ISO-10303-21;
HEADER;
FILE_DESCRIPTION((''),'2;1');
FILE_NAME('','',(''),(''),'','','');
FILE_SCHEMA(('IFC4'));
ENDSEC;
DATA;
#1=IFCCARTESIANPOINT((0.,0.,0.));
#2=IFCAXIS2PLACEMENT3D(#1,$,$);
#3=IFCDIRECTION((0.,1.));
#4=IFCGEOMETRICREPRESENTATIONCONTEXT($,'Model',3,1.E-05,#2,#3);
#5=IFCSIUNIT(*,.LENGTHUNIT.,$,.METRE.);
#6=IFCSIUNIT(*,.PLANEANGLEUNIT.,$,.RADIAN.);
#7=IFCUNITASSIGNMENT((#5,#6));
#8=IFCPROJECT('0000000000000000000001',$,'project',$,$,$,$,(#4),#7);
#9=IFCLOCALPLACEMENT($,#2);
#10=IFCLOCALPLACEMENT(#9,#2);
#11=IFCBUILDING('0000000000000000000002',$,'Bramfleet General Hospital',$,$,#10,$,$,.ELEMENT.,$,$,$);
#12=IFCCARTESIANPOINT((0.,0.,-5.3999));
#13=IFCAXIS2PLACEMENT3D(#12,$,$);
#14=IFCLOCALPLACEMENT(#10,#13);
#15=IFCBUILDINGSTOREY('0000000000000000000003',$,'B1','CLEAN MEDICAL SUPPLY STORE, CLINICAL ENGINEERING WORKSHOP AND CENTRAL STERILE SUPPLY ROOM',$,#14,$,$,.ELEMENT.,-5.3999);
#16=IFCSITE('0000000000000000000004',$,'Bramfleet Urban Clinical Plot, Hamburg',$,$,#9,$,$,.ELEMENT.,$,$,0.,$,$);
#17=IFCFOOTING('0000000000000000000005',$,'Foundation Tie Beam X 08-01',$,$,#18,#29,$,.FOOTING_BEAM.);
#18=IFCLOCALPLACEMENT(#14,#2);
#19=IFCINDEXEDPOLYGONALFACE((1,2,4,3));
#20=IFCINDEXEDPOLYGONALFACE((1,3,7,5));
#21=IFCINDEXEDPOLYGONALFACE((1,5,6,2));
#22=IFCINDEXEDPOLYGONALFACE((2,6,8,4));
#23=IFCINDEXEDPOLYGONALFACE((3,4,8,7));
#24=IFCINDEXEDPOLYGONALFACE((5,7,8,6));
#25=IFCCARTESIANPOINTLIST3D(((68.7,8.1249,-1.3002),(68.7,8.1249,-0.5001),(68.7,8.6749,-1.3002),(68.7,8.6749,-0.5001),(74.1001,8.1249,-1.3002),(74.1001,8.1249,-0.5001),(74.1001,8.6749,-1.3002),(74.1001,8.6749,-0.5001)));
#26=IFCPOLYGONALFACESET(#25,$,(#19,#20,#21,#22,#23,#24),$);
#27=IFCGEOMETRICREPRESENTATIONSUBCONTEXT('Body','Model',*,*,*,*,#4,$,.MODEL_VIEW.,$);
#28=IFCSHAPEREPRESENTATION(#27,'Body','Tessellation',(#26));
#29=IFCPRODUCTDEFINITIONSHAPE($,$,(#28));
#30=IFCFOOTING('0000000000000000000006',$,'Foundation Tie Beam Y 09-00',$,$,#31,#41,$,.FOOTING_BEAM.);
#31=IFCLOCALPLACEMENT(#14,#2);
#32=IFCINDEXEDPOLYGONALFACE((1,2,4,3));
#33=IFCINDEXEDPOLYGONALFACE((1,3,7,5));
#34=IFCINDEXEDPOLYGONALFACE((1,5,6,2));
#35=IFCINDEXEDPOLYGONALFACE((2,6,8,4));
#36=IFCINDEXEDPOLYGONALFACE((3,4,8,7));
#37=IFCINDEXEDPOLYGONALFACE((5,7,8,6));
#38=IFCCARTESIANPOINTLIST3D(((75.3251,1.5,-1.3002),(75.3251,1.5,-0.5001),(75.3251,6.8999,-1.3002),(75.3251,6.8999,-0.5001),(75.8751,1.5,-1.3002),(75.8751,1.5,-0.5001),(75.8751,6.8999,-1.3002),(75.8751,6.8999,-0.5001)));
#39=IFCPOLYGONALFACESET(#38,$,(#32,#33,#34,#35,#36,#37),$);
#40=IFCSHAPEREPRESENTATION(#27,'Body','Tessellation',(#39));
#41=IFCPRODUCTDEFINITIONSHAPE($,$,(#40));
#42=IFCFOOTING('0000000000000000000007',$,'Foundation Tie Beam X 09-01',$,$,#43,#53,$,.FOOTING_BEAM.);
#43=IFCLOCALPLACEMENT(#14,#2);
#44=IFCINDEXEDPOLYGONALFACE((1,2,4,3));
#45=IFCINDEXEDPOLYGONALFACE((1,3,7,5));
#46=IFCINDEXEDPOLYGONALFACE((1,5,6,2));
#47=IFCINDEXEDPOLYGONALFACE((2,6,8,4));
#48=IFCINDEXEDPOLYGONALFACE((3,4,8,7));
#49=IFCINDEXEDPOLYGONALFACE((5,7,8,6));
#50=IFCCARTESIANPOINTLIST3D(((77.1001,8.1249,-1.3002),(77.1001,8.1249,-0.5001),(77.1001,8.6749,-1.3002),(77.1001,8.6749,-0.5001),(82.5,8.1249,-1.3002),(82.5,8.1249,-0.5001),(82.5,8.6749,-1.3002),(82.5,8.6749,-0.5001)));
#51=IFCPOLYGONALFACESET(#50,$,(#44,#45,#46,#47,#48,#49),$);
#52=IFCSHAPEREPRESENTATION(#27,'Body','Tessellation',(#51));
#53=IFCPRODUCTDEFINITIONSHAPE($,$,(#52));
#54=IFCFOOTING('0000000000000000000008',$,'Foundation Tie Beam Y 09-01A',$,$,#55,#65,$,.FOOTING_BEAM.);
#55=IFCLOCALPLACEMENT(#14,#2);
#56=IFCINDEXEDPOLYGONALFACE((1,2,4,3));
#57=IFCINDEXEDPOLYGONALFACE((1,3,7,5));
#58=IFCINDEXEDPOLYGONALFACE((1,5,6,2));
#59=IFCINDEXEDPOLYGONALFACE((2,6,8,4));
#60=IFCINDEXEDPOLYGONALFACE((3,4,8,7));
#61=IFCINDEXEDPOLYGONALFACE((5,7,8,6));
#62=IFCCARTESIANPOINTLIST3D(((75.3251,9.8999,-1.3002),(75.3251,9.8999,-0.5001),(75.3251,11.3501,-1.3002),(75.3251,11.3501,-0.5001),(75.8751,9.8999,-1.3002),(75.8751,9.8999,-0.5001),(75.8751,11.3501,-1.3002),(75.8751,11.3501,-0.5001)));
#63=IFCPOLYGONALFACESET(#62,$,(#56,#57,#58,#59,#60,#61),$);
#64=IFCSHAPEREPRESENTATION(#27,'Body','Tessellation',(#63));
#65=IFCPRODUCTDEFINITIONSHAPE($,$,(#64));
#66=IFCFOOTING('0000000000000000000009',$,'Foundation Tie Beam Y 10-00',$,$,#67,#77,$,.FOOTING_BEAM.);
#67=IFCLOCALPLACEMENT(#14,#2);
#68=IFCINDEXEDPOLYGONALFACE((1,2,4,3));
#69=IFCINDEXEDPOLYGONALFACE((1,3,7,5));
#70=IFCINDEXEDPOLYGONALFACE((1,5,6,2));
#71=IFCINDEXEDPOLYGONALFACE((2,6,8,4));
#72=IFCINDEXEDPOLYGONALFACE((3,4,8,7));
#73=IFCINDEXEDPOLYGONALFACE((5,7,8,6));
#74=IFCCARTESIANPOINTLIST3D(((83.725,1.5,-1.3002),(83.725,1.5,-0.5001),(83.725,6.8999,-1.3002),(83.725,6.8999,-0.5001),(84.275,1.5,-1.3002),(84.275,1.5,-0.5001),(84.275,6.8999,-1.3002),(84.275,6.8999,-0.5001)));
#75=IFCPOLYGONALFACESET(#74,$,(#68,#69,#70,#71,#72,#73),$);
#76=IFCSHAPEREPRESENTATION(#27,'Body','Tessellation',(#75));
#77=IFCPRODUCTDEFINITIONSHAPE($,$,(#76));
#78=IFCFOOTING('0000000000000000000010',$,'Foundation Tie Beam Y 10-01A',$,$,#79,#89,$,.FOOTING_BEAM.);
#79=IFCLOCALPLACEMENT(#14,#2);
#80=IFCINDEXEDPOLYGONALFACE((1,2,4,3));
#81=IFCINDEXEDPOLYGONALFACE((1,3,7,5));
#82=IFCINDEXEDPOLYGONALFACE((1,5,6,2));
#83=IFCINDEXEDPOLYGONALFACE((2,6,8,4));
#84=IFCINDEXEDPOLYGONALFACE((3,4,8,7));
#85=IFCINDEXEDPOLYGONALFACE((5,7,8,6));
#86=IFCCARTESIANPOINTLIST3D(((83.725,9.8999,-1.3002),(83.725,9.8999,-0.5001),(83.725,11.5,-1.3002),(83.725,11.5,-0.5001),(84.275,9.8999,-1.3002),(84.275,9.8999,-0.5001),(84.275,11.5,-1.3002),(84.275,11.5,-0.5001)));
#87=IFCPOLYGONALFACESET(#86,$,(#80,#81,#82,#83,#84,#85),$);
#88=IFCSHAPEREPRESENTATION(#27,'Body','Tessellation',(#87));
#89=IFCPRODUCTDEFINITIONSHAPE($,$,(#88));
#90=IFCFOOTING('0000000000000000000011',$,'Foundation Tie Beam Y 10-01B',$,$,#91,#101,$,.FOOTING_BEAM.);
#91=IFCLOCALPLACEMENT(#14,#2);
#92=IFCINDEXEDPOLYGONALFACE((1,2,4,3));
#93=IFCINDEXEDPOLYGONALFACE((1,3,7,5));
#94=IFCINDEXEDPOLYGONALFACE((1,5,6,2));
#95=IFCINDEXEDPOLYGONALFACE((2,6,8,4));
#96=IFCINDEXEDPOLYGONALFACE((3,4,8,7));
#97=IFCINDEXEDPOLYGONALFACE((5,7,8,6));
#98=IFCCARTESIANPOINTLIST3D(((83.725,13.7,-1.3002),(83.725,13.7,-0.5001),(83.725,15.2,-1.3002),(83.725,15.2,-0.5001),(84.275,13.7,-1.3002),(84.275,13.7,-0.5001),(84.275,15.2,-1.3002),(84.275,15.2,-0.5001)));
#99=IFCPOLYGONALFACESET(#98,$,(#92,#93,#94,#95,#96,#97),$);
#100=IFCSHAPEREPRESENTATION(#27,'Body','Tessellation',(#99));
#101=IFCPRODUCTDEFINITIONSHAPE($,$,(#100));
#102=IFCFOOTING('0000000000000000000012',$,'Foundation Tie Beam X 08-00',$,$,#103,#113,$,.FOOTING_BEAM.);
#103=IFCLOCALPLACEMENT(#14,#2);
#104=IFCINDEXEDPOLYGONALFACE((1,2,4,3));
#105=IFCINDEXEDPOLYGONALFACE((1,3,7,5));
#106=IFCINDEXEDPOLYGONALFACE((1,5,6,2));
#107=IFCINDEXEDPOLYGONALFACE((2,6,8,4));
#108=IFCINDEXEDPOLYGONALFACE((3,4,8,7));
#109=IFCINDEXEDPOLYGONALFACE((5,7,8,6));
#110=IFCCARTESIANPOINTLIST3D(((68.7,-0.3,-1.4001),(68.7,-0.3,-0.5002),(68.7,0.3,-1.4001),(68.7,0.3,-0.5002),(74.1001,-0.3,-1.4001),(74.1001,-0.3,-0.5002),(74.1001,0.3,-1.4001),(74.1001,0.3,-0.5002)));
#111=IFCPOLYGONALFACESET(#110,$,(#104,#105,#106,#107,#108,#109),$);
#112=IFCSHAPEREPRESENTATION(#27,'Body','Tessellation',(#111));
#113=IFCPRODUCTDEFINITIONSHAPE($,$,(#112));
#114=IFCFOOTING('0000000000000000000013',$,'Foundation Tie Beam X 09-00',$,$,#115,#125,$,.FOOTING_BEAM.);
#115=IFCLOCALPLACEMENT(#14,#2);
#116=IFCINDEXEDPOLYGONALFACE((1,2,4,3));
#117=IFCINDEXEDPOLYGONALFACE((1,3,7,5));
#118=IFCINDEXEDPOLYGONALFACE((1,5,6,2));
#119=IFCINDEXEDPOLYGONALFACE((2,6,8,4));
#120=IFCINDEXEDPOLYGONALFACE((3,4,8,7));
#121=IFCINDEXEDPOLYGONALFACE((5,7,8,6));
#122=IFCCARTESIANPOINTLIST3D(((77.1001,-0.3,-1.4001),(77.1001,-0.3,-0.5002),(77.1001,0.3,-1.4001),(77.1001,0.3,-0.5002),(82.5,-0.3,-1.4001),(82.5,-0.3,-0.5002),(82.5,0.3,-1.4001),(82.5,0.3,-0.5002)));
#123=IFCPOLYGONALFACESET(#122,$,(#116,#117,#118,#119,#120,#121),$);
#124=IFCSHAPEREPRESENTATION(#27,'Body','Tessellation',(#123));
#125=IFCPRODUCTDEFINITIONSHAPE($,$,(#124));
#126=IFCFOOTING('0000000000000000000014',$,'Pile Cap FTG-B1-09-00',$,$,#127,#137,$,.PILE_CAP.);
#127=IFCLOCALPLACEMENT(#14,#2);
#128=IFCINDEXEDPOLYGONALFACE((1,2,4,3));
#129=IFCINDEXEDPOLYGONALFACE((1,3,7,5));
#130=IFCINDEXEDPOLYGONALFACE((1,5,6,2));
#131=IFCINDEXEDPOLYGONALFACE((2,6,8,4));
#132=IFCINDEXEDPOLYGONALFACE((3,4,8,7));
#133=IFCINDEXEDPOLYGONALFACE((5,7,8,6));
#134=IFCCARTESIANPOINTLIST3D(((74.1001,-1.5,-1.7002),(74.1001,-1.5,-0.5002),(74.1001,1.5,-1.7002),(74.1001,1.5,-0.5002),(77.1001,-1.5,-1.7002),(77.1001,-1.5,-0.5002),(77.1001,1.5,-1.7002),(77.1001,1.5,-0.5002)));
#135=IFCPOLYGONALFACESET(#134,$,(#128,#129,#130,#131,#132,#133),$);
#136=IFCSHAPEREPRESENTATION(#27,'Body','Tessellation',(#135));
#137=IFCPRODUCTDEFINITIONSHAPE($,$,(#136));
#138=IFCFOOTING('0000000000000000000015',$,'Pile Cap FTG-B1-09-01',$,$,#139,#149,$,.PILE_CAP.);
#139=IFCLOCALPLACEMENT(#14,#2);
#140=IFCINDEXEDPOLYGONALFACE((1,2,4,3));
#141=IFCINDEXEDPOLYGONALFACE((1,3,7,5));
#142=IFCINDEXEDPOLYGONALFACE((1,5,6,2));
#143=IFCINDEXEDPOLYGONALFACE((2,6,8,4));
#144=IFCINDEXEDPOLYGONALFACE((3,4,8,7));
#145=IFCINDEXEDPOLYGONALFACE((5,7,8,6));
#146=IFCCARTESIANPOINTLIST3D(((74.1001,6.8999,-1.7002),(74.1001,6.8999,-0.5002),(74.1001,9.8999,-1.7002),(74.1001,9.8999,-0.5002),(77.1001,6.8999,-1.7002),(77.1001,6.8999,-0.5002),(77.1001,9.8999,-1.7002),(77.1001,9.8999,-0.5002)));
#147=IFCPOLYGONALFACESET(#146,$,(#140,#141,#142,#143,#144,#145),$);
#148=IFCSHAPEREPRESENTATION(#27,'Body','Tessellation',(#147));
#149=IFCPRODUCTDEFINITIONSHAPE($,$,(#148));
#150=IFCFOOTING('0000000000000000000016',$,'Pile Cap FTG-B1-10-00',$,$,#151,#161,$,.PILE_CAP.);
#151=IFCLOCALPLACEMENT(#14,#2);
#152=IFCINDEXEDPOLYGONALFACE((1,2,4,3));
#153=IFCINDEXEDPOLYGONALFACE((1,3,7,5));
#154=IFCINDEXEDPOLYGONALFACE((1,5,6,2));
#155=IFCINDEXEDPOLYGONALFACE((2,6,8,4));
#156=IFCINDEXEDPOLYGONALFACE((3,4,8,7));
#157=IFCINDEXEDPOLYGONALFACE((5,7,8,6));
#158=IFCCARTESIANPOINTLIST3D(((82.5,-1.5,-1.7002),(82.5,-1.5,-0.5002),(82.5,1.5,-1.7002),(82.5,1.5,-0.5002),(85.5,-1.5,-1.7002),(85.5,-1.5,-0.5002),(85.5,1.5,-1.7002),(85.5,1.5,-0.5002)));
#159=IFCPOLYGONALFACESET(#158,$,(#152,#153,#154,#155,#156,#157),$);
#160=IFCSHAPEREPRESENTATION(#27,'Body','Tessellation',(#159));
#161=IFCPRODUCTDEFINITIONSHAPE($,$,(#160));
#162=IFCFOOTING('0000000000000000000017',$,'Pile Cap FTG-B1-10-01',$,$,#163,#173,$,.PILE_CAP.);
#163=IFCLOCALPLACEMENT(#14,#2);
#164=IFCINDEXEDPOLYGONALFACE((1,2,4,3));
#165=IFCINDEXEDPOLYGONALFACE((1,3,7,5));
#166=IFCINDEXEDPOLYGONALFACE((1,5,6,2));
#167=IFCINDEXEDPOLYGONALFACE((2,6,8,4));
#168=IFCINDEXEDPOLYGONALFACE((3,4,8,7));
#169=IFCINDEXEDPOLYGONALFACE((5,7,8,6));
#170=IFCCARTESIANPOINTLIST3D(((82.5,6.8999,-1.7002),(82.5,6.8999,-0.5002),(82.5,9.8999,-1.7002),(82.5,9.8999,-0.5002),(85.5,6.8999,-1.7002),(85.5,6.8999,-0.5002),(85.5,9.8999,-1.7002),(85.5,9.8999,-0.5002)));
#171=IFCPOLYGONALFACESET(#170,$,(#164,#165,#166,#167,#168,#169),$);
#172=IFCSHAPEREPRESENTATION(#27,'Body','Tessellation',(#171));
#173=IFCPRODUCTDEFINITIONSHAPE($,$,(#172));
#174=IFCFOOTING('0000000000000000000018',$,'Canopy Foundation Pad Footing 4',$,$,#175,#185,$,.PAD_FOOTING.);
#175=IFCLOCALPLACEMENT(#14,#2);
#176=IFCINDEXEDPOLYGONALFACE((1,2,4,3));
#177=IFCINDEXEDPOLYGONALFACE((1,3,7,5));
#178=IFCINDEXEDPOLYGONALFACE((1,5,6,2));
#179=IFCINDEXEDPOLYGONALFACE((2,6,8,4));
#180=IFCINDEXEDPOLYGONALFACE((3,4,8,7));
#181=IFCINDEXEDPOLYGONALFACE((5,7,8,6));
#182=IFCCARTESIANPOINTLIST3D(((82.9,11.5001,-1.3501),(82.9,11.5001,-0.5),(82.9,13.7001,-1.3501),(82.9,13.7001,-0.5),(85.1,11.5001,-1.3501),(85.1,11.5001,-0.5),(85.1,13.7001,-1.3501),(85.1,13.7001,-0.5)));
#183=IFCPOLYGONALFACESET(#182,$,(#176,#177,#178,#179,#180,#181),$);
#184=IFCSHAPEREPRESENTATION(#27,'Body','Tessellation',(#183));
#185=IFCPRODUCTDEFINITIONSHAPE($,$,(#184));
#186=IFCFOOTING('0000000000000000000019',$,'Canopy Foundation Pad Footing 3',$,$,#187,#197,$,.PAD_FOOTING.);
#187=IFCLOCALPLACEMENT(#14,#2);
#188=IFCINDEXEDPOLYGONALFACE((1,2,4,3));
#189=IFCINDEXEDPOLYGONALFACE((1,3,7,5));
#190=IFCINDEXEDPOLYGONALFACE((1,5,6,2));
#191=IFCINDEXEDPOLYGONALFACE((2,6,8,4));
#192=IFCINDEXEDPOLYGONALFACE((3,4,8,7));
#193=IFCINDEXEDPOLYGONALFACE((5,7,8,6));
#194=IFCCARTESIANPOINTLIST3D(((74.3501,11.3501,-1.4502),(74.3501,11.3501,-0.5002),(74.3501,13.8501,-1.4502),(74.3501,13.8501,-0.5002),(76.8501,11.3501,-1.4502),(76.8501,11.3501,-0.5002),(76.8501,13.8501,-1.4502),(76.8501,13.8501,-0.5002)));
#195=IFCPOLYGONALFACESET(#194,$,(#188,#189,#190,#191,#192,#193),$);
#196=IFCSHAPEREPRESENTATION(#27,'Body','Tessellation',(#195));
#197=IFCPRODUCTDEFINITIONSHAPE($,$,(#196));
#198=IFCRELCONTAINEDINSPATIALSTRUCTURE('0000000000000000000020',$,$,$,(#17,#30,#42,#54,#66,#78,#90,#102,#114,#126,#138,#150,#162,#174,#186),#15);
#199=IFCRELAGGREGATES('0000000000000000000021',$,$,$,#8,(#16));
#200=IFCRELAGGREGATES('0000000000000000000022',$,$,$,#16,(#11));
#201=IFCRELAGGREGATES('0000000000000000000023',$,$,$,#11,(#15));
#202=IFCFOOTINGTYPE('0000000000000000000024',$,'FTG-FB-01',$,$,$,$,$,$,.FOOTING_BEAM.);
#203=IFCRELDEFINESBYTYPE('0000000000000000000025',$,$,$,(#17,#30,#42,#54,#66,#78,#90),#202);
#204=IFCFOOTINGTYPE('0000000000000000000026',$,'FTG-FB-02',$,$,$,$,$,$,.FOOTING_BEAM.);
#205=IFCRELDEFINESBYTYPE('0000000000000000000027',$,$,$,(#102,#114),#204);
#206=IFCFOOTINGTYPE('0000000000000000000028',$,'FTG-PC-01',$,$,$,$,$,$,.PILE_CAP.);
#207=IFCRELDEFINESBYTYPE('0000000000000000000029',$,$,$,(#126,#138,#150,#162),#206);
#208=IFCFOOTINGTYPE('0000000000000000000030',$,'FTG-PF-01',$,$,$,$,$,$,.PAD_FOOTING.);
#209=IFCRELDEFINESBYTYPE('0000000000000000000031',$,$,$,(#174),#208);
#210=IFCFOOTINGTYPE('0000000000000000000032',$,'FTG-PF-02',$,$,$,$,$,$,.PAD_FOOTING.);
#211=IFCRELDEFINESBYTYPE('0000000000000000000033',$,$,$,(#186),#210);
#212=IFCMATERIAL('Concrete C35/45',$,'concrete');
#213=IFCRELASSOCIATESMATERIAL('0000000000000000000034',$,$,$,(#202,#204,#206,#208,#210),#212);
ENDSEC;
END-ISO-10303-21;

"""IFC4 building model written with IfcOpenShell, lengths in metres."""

from ifc_helpers import new_model, si_unit, direction, frame, origin, origin_2d, place, context, subcontext, project, spatial, rectangle, extrude, material, material_profile, profile_set, type_object, element, save


model = new_model("IFC4")

# Units and contexts
model_context = context("Model", 3, precision=1e-05, world=origin(), true_north=direction((0.0, 1.0)))
body_context = subcontext(model_context, "Body", "Model", "MODEL_VIEW")
ifc_project = project(units=[si_unit("LENGTHUNIT", "METRE"), si_unit("PLANEANGLEUNIT", "RADIAN")], contexts=[model_context])

# Site, building, storey
site_placement = place(None, origin())
site = spatial("IfcSite", under=ifc_project, at=site_placement, Name="Bramfleet Urban Clinical Plot, Hamburg", CompositionType="ELEMENT", RefElevation=0.0)
building_placement = place(site_placement, origin())
building = spatial("IfcBuilding", under=site, at=building_placement, Name="Bramfleet General Hospital", CompositionType="ELEMENT")
storey_placement = place(building_placement, frame((0.0, 0.0, -5.3999)))
storey = spatial("IfcBuildingStorey", under=building, at=storey_placement, Name="B1", Description="CLEAN MEDICAL SUPPLY STORE, CLINICAL ENGINEERING WORKSHOP AND CENTRAL STERILE SUPPLY ROOM", CompositionType="ELEMENT", Elevation=-5.3999)

# Footings
ifc_material_1 = material(Name="Concrete C35/45", Category="concrete")
ifc_material_profile_1 = material_profile(ifc_material_1, rectangle(XDim=0.55, YDim=0.8, at=origin_2d()), Name="RC FB 800x550")
ifc_profile_set_1 = profile_set([ifc_material_profile_1], Name="Concrete C35/45")
footing_type_1 = type_object("IfcFootingType", Name="FTG-FB-01", PredefinedType="FOOTING_BEAM", material=ifc_profile_set_1)
footing_1_placement = place(storey_placement, frame((68.7, 8.3999, -0.9001), z_axis=(1.0, 0.0, 0.0), x_axis=(0.0, 1.0, 0.0)))
element("IfcFooting", 1, at=footing_1_placement, inside=storey, type_object=footing_type_1, Name="Foundation Tie Beam X 08-01", PredefinedType="FOOTING_BEAM", context=body_context, shape_type="SweptSolid", body=[
    extrude(rectangle(XDim=0.55, YDim=0.8, at=origin_2d()), origin(), (0.0, 0.0, 1.0), 5.4001),
])
for number, where, z_axis, x_axis, name in (
    (2, (75.6001, 1.5, -0.9001), (0.0, 1.0, 0.0), (-1.0, 0.0, 0.0), "Foundation Tie Beam Y 09-00"),
    (3, (77.1001, 8.3999, -0.9001), (1.0, 0.0, 0.0), (0.0, 1.0, 0.0), "Foundation Tie Beam X 09-01"),
):
    element("IfcFooting", number, at=place(storey_placement, frame(where, z_axis=z_axis, x_axis=x_axis)), inside=storey, type_object=footing_type_1, Name=name, PredefinedType="FOOTING_BEAM", context=body_context, shape_type="SweptSolid", body=[
        extrude(rectangle(XDim=0.55, YDim=0.8, at=origin_2d()), origin(), (0.0, 0.0, 1.0), 5.3999),
    ])
footing_2_placement = place(storey_placement, frame((75.6001, 9.8999, -0.9001), z_axis=(0.0, 1.0, 0.0), x_axis=(-1.0, 0.0, 0.0)))
element("IfcFooting", 4, at=footing_2_placement, inside=storey, type_object=footing_type_1, Name="Foundation Tie Beam Y 09-01A", PredefinedType="FOOTING_BEAM", context=body_context, shape_type="SweptSolid", body=[
    extrude(rectangle(XDim=0.55, YDim=0.8, at=origin_2d()), origin(), (0.0, 0.0, 1.0), 1.4502),
])
footing_3_placement = place(storey_placement, frame((84.0, 1.5, -0.9001), z_axis=(0.0, 1.0, 0.0), x_axis=(-1.0, 0.0, 0.0)))
element("IfcFooting", 5, at=footing_3_placement, inside=storey, type_object=footing_type_1, Name="Foundation Tie Beam Y 10-00", PredefinedType="FOOTING_BEAM", context=body_context, shape_type="SweptSolid", body=[
    extrude(rectangle(XDim=0.55, YDim=0.8, at=origin_2d()), origin(), (0.0, 0.0, 1.0), 5.3999),
])
footing_4_placement = place(storey_placement, frame((84.0, 9.8999, -0.9001), z_axis=(0.0, 1.0, 0.0), x_axis=(-1.0, 0.0, 0.0)))
element("IfcFooting", 6, at=footing_4_placement, inside=storey, type_object=footing_type_1, Name="Foundation Tie Beam Y 10-01A", PredefinedType="FOOTING_BEAM", context=body_context, shape_type="SweptSolid", body=[
    extrude(rectangle(XDim=0.55, YDim=0.8, at=origin_2d()), origin(), (0.0, 0.0, 1.0), 1.6001),
])
footing_5_placement = place(storey_placement, frame((84.0, 13.7, -0.9001), z_axis=(0.0, 1.0, 0.0), x_axis=(-1.0, 0.0, 0.0)))
element("IfcFooting", 7, at=footing_5_placement, inside=storey, type_object=footing_type_1, Name="Foundation Tie Beam Y 10-01B", PredefinedType="FOOTING_BEAM", context=body_context, shape_type="SweptSolid", body=[
    extrude(rectangle(XDim=0.55, YDim=0.8, at=origin_2d()), origin(), (0.0, 0.0, 1.0), 1.5),
])
ifc_material_profile_2 = material_profile(ifc_material_1, rectangle(XDim=0.6001, YDim=0.8999, at=origin_2d()), Name="RC FB 900x600")
ifc_profile_set_2 = profile_set([ifc_material_profile_2], Name="Concrete C35/45")
footing_type_2 = type_object("IfcFootingType", Name="FTG-FB-02", PredefinedType="FOOTING_BEAM", material=ifc_profile_set_2)
footing_6_placement = place(storey_placement, frame((68.7, 0.0, -0.9502), z_axis=(1.0, 0.0, 0.0), x_axis=(0.0, 1.0, 0.0)))
element("IfcFooting", 8, at=footing_6_placement, inside=storey, type_object=footing_type_2, Name="Foundation Tie Beam X 08-00", PredefinedType="FOOTING_BEAM", context=body_context, shape_type="SweptSolid", body=[
    extrude(rectangle(XDim=0.6001, YDim=0.8999, at=origin_2d()), origin(), (0.0, 0.0, 1.0), 5.4001),
])
footing_7_placement = place(storey_placement, frame((77.1001, 0.0, -0.9502), z_axis=(1.0, 0.0, 0.0), x_axis=(0.0, 1.0, 0.0)))
element("IfcFooting", 9, at=footing_7_placement, inside=storey, type_object=footing_type_2, Name="Foundation Tie Beam X 09-00", PredefinedType="FOOTING_BEAM", context=body_context, shape_type="SweptSolid", body=[
    extrude(rectangle(XDim=0.6001, YDim=0.8999, at=origin_2d()), origin(), (0.0, 0.0, 1.0), 5.3999),
])
footing_type_3 = type_object("IfcFootingType", Name="FTG-PC-01", PredefinedType="PILE_CAP", material=ifc_material_1)
for number, where, z_axis, x_axis, name in (
    (10, (75.6001, 0.0, -1.7002), (0.0, 0.0, 1.0), (1.0, 0.0, 0.0), "Pile Cap FTG-B1-09-00"),
    (11, (75.6001, 8.3999, -1.7002), (0.0, 0.0, 1.0), (1.0, 0.0, 0.0), "Pile Cap FTG-B1-09-01"),
    (12, (84.0, 0.0, -1.7002), (0.0, 0.0, 1.0), (1.0, 0.0, 0.0), "Pile Cap FTG-B1-10-00"),
    (13, (84.0, 8.3999, -1.7002), (0.0, 0.0, 1.0), (1.0, 0.0, 0.0), "Pile Cap FTG-B1-10-01"),
):
    element("IfcFooting", number, at=place(storey_placement, frame(where, z_axis=z_axis, x_axis=x_axis)), inside=storey, type_object=footing_type_3, Name=name, PredefinedType="PILE_CAP", context=body_context, shape_type="SweptSolid", body=[
        extrude(rectangle(XDim=3.0, YDim=3.0, at=origin_2d()), origin(), (0.0, 0.0, 1.0), 1.2),
    ])
footing_type_4 = type_object("IfcFootingType", Name="FTG-PF-01", PredefinedType="PAD_FOOTING", material=ifc_material_1)
footing_8_placement = place(storey_placement, frame((84.0, 12.6001, -1.3501), z_axis=(0.0, 0.0, 1.0), x_axis=(1.0, 0.0, 0.0)))
element("IfcFooting", 14, at=footing_8_placement, inside=storey, type_object=footing_type_4, Name="Canopy Foundation Pad Footing 4", PredefinedType="PAD_FOOTING", context=body_context, shape_type="SweptSolid", body=[
    extrude(rectangle(XDim=2.2, YDim=2.2, at=origin_2d()), origin(), (0.0, 0.0, 1.0), 0.8501),
])
footing_type_5 = type_object("IfcFootingType", Name="FTG-PF-02", PredefinedType="PAD_FOOTING", material=ifc_material_1)
footing_9_placement = place(storey_placement, frame((75.6001, 12.6001, -1.4502), z_axis=(0.0, 0.0, 1.0), x_axis=(1.0, 0.0, 0.0)))
element("IfcFooting", 15, at=footing_9_placement, inside=storey, type_object=footing_type_5, Name="Canopy Foundation Pad Footing 3", PredefinedType="PAD_FOOTING", context=body_context, shape_type="SweptSolid", body=[
    extrude(rectangle(XDim=2.5, YDim=2.5, at=origin_2d()), origin(), (0.0, 0.0, 1.0), 0.95),
])

save(model, "model.ifc")
